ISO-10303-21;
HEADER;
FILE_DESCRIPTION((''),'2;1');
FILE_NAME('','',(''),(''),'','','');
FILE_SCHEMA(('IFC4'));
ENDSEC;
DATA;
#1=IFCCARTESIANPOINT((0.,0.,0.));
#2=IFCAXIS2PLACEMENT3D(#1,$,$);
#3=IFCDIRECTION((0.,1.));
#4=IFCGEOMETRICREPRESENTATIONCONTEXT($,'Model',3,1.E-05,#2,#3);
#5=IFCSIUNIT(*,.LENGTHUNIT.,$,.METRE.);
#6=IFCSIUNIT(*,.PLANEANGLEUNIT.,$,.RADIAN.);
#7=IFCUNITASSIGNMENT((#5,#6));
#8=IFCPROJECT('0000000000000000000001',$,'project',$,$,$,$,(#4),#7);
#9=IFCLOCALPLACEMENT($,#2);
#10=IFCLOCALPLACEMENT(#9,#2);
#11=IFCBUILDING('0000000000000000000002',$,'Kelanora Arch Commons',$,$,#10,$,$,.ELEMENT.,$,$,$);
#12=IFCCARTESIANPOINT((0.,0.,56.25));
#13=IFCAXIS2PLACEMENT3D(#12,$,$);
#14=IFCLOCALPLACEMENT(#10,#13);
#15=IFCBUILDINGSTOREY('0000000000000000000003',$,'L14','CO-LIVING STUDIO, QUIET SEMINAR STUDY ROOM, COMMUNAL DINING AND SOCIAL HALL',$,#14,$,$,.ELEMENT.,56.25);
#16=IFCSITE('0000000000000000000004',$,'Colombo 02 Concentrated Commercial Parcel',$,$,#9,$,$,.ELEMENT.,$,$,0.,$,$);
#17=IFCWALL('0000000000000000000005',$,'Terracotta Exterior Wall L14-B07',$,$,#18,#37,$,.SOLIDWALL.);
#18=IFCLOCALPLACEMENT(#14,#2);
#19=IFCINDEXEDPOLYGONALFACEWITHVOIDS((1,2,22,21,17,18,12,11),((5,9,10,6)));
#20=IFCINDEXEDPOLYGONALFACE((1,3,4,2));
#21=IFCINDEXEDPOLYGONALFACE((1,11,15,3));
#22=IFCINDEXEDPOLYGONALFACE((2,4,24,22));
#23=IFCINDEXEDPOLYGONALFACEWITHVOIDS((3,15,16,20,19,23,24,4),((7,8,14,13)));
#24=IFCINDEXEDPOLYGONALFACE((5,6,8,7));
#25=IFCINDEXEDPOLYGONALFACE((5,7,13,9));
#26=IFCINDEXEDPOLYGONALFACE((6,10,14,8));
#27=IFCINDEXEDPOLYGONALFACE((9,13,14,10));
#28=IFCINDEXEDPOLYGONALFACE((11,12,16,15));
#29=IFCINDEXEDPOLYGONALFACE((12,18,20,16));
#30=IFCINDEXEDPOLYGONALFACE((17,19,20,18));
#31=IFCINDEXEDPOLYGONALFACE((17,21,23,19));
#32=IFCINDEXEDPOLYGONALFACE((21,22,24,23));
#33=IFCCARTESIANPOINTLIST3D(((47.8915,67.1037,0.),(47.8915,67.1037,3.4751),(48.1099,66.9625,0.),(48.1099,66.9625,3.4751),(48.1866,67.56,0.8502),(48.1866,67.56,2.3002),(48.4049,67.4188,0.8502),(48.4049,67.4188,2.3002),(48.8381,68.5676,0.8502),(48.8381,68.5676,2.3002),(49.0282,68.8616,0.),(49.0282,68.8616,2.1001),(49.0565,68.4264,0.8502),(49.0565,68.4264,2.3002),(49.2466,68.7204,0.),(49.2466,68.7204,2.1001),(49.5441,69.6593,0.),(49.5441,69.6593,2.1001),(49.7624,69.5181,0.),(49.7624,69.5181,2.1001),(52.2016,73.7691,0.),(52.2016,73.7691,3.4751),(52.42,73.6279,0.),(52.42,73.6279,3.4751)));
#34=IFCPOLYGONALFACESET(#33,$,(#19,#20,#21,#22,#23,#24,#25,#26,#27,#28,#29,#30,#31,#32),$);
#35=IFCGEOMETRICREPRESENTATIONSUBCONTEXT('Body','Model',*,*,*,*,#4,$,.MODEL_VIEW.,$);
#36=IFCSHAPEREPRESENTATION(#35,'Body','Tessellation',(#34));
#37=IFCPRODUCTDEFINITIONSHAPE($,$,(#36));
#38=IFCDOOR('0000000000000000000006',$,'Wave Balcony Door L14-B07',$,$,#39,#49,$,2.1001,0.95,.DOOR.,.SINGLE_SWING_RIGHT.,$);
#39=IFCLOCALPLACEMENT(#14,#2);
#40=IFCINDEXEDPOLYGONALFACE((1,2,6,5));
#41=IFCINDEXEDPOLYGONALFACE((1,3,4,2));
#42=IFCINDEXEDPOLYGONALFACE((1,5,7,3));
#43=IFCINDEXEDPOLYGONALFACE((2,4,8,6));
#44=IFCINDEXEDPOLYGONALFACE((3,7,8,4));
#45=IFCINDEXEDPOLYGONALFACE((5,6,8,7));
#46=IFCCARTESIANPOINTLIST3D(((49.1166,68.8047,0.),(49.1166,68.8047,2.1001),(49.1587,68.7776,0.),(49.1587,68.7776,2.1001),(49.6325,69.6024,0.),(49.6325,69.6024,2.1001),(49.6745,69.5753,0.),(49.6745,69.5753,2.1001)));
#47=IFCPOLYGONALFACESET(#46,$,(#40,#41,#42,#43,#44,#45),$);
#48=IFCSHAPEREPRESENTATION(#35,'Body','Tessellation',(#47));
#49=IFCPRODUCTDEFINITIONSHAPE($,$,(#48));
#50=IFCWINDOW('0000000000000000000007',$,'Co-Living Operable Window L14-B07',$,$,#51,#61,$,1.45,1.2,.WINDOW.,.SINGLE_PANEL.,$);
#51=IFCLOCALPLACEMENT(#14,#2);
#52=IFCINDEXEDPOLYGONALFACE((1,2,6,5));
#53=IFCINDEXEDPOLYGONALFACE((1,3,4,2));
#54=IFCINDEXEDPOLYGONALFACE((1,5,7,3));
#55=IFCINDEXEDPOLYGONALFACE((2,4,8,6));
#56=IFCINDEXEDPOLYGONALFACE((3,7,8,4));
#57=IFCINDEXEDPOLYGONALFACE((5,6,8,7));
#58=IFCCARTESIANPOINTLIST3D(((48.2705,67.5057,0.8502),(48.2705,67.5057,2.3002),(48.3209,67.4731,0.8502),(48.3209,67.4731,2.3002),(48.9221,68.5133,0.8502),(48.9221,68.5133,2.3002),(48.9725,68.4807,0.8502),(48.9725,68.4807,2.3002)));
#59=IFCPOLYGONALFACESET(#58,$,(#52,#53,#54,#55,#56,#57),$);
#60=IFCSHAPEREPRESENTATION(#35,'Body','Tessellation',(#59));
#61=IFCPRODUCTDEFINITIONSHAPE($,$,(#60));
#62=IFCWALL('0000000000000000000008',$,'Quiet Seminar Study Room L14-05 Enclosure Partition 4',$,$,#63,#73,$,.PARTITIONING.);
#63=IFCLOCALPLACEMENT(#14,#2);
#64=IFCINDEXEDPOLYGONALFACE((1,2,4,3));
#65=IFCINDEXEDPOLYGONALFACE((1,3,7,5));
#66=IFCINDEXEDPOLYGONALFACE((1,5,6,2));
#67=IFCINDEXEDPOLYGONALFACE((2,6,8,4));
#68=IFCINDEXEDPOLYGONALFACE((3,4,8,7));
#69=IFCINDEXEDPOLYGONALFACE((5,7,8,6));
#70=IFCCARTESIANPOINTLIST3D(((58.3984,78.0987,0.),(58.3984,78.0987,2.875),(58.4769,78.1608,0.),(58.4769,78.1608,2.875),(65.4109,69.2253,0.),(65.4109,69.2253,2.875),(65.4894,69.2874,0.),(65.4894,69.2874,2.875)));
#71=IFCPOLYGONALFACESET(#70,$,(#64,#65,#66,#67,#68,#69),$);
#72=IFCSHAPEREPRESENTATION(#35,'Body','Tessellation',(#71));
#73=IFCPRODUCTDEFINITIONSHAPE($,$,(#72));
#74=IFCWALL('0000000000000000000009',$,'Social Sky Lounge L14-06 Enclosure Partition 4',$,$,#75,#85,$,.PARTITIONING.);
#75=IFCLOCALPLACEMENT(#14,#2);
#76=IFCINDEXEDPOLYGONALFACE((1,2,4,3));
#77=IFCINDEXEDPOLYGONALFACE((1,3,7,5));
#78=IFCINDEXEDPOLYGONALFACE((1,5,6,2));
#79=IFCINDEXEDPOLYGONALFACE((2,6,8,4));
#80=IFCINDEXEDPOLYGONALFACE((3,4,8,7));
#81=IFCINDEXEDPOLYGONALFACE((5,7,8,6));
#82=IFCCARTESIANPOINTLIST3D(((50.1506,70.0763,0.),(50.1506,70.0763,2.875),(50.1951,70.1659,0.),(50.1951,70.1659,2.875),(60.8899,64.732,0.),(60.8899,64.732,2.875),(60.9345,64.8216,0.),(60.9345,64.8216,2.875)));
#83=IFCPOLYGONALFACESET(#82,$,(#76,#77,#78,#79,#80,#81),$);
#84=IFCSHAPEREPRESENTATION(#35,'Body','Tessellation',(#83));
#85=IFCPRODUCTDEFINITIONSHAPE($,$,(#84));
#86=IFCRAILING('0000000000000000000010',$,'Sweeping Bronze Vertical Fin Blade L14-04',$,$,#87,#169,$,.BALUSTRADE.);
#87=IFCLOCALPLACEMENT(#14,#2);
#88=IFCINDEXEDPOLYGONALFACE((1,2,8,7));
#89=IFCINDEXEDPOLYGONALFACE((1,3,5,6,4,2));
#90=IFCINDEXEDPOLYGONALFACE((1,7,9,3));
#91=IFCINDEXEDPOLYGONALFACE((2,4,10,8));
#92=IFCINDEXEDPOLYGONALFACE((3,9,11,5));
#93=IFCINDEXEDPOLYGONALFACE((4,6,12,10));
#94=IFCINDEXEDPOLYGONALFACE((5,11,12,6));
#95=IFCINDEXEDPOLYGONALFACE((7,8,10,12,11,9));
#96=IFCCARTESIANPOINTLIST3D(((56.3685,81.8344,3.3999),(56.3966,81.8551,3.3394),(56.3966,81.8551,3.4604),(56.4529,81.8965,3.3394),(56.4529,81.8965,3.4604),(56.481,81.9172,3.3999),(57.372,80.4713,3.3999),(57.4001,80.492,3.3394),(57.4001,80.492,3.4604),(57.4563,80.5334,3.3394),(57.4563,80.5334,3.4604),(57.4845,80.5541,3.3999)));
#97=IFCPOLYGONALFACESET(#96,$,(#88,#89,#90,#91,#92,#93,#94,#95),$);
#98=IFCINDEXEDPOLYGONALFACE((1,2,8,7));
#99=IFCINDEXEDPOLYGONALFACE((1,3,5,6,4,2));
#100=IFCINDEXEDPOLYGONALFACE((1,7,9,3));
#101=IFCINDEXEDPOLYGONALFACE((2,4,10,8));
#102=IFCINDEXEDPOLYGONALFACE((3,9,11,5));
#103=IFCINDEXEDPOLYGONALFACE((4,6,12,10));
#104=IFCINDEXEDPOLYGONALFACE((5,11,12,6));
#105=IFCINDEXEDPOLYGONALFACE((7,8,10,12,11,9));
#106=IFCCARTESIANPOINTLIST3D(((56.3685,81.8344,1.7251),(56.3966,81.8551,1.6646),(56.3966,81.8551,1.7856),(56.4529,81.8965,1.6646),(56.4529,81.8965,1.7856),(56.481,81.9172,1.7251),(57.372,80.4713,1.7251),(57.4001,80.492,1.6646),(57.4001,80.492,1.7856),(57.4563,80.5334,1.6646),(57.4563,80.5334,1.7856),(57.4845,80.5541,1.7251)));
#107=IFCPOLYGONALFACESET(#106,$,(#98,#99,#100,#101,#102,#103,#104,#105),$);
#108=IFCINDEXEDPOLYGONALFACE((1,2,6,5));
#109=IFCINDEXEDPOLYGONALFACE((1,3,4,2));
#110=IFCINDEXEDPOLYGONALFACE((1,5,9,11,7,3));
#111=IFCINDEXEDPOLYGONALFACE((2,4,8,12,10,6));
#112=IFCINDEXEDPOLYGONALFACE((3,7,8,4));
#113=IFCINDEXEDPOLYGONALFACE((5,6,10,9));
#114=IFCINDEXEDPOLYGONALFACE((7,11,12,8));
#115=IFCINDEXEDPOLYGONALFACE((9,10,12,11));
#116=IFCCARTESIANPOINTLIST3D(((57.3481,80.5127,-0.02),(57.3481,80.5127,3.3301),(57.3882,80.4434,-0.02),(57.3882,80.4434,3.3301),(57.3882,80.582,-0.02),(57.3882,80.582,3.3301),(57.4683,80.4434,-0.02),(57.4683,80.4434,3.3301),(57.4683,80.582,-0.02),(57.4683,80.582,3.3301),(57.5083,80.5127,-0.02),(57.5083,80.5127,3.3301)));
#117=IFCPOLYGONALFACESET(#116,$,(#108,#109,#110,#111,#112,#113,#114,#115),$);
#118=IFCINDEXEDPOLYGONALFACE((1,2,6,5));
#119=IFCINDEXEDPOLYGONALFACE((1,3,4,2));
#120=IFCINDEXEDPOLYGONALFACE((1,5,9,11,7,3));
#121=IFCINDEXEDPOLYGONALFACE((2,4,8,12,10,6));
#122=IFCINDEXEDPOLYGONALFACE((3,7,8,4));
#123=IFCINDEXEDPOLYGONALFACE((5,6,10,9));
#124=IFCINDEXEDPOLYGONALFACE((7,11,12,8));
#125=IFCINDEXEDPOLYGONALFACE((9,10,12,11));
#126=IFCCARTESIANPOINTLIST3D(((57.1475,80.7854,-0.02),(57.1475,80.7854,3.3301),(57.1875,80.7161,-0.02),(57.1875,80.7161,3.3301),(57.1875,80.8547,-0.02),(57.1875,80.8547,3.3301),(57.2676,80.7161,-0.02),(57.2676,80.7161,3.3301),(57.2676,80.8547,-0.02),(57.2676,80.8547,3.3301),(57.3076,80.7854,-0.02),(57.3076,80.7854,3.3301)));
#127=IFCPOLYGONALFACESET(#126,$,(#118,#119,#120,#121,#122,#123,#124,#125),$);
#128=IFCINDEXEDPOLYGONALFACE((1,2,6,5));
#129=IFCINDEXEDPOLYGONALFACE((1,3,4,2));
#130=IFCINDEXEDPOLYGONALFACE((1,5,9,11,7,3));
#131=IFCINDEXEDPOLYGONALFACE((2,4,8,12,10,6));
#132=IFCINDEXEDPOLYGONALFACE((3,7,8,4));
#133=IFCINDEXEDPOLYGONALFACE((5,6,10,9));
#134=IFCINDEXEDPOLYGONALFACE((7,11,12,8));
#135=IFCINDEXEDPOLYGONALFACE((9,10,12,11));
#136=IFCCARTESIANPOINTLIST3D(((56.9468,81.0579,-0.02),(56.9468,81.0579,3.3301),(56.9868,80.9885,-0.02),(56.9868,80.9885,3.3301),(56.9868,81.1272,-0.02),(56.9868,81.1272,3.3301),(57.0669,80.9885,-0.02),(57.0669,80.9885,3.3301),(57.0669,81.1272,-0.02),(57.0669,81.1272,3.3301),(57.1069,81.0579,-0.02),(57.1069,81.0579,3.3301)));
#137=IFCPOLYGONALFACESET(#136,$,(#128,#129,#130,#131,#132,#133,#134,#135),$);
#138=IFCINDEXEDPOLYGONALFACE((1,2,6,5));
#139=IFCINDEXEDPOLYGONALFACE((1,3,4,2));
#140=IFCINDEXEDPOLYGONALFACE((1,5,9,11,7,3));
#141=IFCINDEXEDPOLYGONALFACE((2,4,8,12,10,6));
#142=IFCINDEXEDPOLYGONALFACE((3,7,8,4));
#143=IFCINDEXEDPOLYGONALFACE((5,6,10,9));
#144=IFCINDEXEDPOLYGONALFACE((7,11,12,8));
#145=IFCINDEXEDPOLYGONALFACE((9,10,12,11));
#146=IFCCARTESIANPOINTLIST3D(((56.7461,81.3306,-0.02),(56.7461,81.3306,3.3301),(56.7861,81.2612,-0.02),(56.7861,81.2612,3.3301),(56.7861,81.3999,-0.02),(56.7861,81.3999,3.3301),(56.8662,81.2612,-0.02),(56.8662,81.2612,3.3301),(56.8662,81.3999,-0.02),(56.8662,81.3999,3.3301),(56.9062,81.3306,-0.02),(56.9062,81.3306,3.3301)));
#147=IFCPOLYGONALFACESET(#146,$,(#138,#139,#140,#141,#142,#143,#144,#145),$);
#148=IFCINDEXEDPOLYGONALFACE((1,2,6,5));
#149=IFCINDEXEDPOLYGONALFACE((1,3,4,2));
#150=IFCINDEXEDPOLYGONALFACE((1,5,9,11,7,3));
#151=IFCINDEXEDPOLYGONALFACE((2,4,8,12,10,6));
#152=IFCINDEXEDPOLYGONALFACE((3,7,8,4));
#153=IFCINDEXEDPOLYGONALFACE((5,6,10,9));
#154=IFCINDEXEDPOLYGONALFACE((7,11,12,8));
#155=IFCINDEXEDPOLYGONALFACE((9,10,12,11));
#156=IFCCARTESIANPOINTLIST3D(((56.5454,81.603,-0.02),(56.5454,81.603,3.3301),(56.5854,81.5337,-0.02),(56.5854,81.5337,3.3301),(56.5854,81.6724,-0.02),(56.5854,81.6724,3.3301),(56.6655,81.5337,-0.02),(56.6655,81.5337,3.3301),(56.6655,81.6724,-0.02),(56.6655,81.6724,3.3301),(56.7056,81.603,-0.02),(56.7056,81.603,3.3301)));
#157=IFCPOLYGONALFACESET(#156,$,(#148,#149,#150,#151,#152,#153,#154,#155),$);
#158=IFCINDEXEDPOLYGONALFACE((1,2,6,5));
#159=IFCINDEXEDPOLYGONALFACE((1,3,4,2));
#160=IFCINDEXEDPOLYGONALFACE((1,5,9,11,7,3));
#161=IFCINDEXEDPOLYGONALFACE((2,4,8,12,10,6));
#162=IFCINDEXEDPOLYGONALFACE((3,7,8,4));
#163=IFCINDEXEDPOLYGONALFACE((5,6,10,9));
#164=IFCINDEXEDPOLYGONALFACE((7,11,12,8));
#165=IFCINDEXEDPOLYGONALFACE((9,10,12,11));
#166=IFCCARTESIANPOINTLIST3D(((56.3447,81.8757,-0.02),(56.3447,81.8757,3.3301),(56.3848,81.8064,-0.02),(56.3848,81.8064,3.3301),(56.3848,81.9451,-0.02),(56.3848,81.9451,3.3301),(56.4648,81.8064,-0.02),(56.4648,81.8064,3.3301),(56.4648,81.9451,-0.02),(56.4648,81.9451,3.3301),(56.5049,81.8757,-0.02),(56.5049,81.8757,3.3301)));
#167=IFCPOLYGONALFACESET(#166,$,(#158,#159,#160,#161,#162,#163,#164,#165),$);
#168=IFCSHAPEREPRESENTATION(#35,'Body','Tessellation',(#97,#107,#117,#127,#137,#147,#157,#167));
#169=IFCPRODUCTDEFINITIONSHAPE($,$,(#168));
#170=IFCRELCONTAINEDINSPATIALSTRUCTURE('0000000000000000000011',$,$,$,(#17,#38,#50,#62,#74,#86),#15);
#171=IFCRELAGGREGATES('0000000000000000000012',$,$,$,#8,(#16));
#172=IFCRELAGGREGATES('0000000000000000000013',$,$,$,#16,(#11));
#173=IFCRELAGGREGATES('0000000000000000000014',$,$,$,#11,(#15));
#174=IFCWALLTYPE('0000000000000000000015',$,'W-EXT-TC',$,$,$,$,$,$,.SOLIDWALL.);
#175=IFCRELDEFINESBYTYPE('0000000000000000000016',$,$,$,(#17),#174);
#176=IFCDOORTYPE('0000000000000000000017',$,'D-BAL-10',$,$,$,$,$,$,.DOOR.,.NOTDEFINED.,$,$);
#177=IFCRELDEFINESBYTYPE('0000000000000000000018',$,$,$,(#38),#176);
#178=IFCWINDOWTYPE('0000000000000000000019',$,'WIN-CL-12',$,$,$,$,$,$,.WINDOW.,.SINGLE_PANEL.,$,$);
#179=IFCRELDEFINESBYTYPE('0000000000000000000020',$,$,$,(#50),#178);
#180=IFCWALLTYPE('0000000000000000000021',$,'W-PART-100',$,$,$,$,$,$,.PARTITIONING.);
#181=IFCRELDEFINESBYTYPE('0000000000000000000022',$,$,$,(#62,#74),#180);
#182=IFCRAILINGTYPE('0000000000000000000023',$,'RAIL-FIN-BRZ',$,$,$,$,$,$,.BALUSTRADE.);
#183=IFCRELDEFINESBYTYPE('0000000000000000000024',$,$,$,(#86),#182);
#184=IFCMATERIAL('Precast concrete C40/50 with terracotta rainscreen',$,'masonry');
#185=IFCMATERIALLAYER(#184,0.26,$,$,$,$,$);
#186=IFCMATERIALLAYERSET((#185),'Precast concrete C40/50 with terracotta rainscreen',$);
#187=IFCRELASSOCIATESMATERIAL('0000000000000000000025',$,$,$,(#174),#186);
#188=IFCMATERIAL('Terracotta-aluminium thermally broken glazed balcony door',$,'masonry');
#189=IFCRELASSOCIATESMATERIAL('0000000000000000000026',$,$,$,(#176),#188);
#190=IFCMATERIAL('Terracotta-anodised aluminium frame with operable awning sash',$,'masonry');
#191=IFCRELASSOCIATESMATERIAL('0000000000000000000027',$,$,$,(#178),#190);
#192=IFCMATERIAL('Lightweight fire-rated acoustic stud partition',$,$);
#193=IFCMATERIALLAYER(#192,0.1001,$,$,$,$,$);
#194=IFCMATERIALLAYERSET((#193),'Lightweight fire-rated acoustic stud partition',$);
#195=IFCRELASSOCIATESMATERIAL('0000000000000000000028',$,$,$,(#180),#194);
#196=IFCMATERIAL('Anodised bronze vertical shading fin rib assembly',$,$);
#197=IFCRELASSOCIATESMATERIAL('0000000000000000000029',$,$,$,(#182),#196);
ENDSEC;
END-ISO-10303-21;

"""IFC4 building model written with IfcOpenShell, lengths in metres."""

from ifc_helpers import new_model, si_unit, direction, frame, frame_2d, origin, place, context, subcontext, project, spatial, polyline, rectangle, outline, extrude, material, layer, layer_set, type_object, element, fill, save


model = new_model("IFC4")

# Units and contexts
model_context = context("Model", 3, precision=1e-05, world=origin(), true_north=direction((0.0, 1.0)))
body_context = subcontext(model_context, "Body", "Model", "MODEL_VIEW")
ifc_project = project(units=[si_unit("LENGTHUNIT", "METRE"), si_unit("PLANEANGLEUNIT", "RADIAN")], contexts=[model_context])

# Site, building, storey
site_placement = place(None, origin())
site = spatial("IfcSite", under=ifc_project, at=site_placement, Name="Colombo 02 Concentrated Commercial Parcel", CompositionType="ELEMENT", RefElevation=0.0)
building_placement = place(site_placement, origin())
building = spatial("IfcBuilding", under=site, at=building_placement, Name="Kelanora Arch Commons", CompositionType="ELEMENT")
storey_placement = place(building_placement, frame((0.0, 0.0, 56.25)))
storey = spatial("IfcBuildingStorey", under=building, at=storey_placement, Name="L14", Description="CO-LIVING STUDIO, QUIET SEMINAR STUDY ROOM, COMMUNAL DINING AND SOCIAL HALL", CompositionType="ELEMENT", Elevation=56.25)

# Shared definitions
ifc_material_1 = material(Name="Precast concrete C40/50 with terracotta rainscreen", Category="masonry")
ifc_layer_1 = layer(ifc_material_1, 0.26)
ifc_layer_set_1 = layer_set([ifc_layer_1], Name="Precast concrete C40/50 with terracotta rainscreen")
wall_type_1 = type_object("IfcWallType", Name="W-EXT-TC", PredefinedType="SOLIDWALL", material=ifc_layer_set_1)

# Wall, openings, door, window
wall_1_placement = place(storey_placement, frame((52.3108, 73.6985, 0.0), z_axis=(0.0, 0.0, 1.0), x_axis=(-0.543005, -0.839729, 0.0)))
wall_1 = element("IfcWall", 1, at=wall_1_placement, inside=storey, type_object=wall_type_1, Name="Terracotta Exterior Wall L14-B07", PredefinedType="SOLIDWALL", context=body_context, shape_type="SweptSolid", body=[
    extrude(rectangle(XDim=7.9375, YDim=0.26, at=frame_2d((3.9688, 0.0))), origin(), (0.0, 0.0, 1.0), 3.4751),
])
opening_1_placement = place(wall_1_placement, frame((4.894, 0.0, 0.0)))
opening_1 = element("IfcOpeningElement", 2, at=opening_1_placement, cuts=wall_1, PredefinedType="OPENING", context=body_context, shape_type="SweptSolid", body=[
    extrude(rectangle(XDim=0.95, YDim=2.1001, at=frame_2d((0.4751, 1.05))), frame((0.0, 0.1401, 0.0), z_axis=(0.0, -1.0, 0.0), x_axis=(1.0, 0.0, 0.0)), (0.0, 0.0, 1.0), 0.28),
])
opening_2_placement = place(wall_1_placement, frame((6.1941, 0.0, 0.8501)))
opening_2 = element("IfcOpeningElement", 3, at=opening_2_placement, cuts=wall_1, PredefinedType="OPENING", context=body_context, shape_type="SweptSolid", body=[
    extrude(rectangle(XDim=1.2, YDim=1.45, at=frame_2d((0.6001, 0.7251))), frame((0.0, 0.1401, 0.0), z_axis=(0.0, -1.0, 0.0), x_axis=(1.0, 0.0, 0.0)), (0.0, 0.0, 1.0), 0.28),
])
ifc_material_2 = material(Name="Terracotta-aluminium thermally broken glazed balcony door", Category="masonry")
door_type = type_object("IfcDoorType", Name="D-BAL-10", OperationType="NOTDEFINED", PredefinedType="DOOR", material=ifc_material_2)
door_placement = place(opening_1_placement, frame((0.95, 0.0, 0.0), z_axis=(0.0, 0.0, 1.0), x_axis=(-1.0, 0.0, 0.0)))
door = element("IfcDoor", 4, at=door_placement, inside=storey, type_object=door_type, Name="Wave Balcony Door L14-B07", OperationType="SINGLE_SWING_RIGHT", OverallHeight=2.1001, OverallWidth=0.95, PredefinedType="DOOR", context=body_context, shape_type="SweptSolid", body=[
    extrude(rectangle(XDim=0.95, YDim=2.1001, at=frame_2d((0.4751, 1.05))), frame((0.0, 0.0249, 0.0), z_axis=(0.0, -1.0, 0.0), x_axis=(1.0, 0.0, 0.0)), (0.0, 0.0, 1.0), 0.05),
])
fill(opening_1, door)
ifc_material_3 = material(Name="Terracotta-anodised aluminium frame with operable awning sash", Category="masonry")
window_type_1 = type_object("IfcWindowType", Name="WIN-CL-12", PartitioningType="SINGLE_PANEL", PredefinedType="WINDOW", material=ifc_material_3)
window_1_placement = place(opening_2_placement, origin())
window_1 = element("IfcWindow", 5, at=window_1_placement, inside=storey, type_object=window_type_1, Name="Co-Living Operable Window L14-B07", OverallHeight=1.45, OverallWidth=1.2, PartitioningType="SINGLE_PANEL", PredefinedType="WINDOW", context=body_context, shape_type="SweptSolid", body=[
    extrude(rectangle(XDim=1.2, YDim=1.45, at=frame_2d((0.6001, 0.7251))), frame((0.0, 0.03, 0.0), z_axis=(0.0, -1.0, 0.0), x_axis=(1.0, 0.0, 0.0)), (0.0, 0.0, 1.0), 0.0601),
])
fill(opening_2, window_1)

# Walls
ifc_material_4 = material(Name="Lightweight fire-rated acoustic stud partition")
ifc_layer_2 = layer(ifc_material_4, 0.1001)
ifc_layer_set_2 = layer_set([ifc_layer_2], Name="Lightweight fire-rated acoustic stud partition")
wall_type_2 = type_object("IfcWallType", Name="W-PART-100", PredefinedType="PARTITIONING", material=ifc_layer_set_2)
wall_2_placement = place(storey_placement, frame((58.4377, 78.1296, 0.0), z_axis=(0.0, 0.0, 1.0), x_axis=(0.620038, -0.784572, 0.0)))
element("IfcWall", 6, at=wall_2_placement, inside=storey, type_object=wall_type_2, Name="Quiet Seminar Study Room L14-05 Enclosure Partition 4", PredefinedType="PARTITIONING", context=body_context, shape_type="SweptSolid", body=[
    extrude(rectangle(XDim=11.3098, YDim=0.1001, at=frame_2d((5.6548, 0.0))), origin(), (0.0, 0.0, 1.0), 2.875),
])
wall_3_placement = place(storey_placement, frame((50.1729, 70.1211, 0.0), z_axis=(0.0, 0.0, 1.0), x_axis=(0.895272, -0.445519, 0.0)))
element("IfcWall", 7, at=wall_3_placement, inside=storey, type_object=wall_type_2, Name="Social Sky Lounge L14-06 Enclosure Partition 4", PredefinedType="PARTITIONING", context=body_context, shape_type="SweptSolid", body=[
    extrude(rectangle(XDim=11.9956, YDim=0.1001, at=frame_2d((5.9978, 0.0))), origin(), (0.0, 0.0, 1.0), 2.875),
])

# Railing
ifc_material_5 = material(Name="Anodised bronze vertical shading fin rib assembly")
railing_type = type_object("IfcRailingType", Name="RAIL-FIN-BRZ", PredefinedType="BALUSTRADE", material=ifc_material_5)
railing_1_placement = place(storey_placement, frame((57.4282, 80.5127, -0.02)))
element("IfcRailing", 8, at=railing_1_placement, inside=storey, type_object=railing_type, Name="Sweeping Bronze Vertical Fin Blade L14-04", PredefinedType="BALUSTRADE", context=body_context, shape_type="SweptSolid", body=[
    extrude(outline(polyline([(0.0698, 0.0), (0.0349, 0.0605), (-0.0349, 0.0605), (-0.0698, 0.0), (-0.0349, -0.0605), (0.0349, -0.0605), (0.0698, 0.0)])), frame((0.0, 0.0, 3.4199), z_axis=(-0.592845, 0.805317, 0.0), x_axis=(-0.805317, -0.592845, 0.0)), (0.0, 0.0, 1.0), 1.6926),
    extrude(outline(polyline([(0.0698, 0.0), (0.0349, 0.0605), (-0.0349, 0.0605), (-0.0698, 0.0), (-0.0349, -0.0605), (0.0349, -0.0605), (0.0698, 0.0)])), frame((0.0, 0.0, 1.7451), z_axis=(-0.592845, 0.805317, 0.0), x_axis=(-0.805317, -0.592845, 0.0)), (0.0, 0.0, 1.0), 1.6926),
    extrude(outline(polyline([(0.0801, 0.0), (0.04, 0.0693), (-0.04, 0.0693), (-0.0801, 0.0), (-0.04, -0.0693), (0.04, -0.0693), (0.0801, 0.0)])), origin(), (0.0, 0.0, 1.0), 3.3501),
    extrude(outline(polyline([(0.0801, 0.0), (0.04, 0.0693), (-0.04, 0.0693), (-0.0801, 0.0), (-0.04, -0.0693), (0.04, -0.0693), (0.0801, 0.0)])), frame((-0.2007, 0.2727, 0.0)), (0.0, 0.0, 1.0), 3.3501),
    extrude(outline(polyline([(0.0801, 0.0), (0.04, 0.0693), (-0.04, 0.0693), (-0.0801, 0.0), (-0.04, -0.0693), (0.04, -0.0693), (0.0801, 0.0)])), frame((-0.4014, 0.5452, 0.0)), (0.0, 0.0, 1.0), 3.3501),
    extrude(outline(polyline([(0.0801, 0.0), (0.04, 0.0693), (-0.04, 0.0693), (-0.0801, 0.0), (-0.04, -0.0693), (0.04, -0.0693), (0.0801, 0.0)])), frame((-0.6021, 0.8179, 0.0)), (0.0, 0.0, 1.0), 3.3501),
    extrude(outline(polyline([(0.0801, 0.0), (0.04, 0.0693), (-0.04, 0.0693), (-0.0801, 0.0), (-0.04, -0.0693), (0.04, -0.0693), (0.0801, 0.0)])), frame((-0.8027, 1.0903, 0.0)), (0.0, 0.0, 1.0), 3.3501),
    extrude(outline(polyline([(0.0801, 0.0), (0.04, 0.0693), (-0.04, 0.0693), (-0.0801, 0.0), (-0.04, -0.0693), (0.04, -0.0693), (0.0801, 0.0)])), frame((-1.0034, 1.363, 0.0)), (0.0, 0.0, 1.0), 3.3501),
])

save(model, "model.ifc")
